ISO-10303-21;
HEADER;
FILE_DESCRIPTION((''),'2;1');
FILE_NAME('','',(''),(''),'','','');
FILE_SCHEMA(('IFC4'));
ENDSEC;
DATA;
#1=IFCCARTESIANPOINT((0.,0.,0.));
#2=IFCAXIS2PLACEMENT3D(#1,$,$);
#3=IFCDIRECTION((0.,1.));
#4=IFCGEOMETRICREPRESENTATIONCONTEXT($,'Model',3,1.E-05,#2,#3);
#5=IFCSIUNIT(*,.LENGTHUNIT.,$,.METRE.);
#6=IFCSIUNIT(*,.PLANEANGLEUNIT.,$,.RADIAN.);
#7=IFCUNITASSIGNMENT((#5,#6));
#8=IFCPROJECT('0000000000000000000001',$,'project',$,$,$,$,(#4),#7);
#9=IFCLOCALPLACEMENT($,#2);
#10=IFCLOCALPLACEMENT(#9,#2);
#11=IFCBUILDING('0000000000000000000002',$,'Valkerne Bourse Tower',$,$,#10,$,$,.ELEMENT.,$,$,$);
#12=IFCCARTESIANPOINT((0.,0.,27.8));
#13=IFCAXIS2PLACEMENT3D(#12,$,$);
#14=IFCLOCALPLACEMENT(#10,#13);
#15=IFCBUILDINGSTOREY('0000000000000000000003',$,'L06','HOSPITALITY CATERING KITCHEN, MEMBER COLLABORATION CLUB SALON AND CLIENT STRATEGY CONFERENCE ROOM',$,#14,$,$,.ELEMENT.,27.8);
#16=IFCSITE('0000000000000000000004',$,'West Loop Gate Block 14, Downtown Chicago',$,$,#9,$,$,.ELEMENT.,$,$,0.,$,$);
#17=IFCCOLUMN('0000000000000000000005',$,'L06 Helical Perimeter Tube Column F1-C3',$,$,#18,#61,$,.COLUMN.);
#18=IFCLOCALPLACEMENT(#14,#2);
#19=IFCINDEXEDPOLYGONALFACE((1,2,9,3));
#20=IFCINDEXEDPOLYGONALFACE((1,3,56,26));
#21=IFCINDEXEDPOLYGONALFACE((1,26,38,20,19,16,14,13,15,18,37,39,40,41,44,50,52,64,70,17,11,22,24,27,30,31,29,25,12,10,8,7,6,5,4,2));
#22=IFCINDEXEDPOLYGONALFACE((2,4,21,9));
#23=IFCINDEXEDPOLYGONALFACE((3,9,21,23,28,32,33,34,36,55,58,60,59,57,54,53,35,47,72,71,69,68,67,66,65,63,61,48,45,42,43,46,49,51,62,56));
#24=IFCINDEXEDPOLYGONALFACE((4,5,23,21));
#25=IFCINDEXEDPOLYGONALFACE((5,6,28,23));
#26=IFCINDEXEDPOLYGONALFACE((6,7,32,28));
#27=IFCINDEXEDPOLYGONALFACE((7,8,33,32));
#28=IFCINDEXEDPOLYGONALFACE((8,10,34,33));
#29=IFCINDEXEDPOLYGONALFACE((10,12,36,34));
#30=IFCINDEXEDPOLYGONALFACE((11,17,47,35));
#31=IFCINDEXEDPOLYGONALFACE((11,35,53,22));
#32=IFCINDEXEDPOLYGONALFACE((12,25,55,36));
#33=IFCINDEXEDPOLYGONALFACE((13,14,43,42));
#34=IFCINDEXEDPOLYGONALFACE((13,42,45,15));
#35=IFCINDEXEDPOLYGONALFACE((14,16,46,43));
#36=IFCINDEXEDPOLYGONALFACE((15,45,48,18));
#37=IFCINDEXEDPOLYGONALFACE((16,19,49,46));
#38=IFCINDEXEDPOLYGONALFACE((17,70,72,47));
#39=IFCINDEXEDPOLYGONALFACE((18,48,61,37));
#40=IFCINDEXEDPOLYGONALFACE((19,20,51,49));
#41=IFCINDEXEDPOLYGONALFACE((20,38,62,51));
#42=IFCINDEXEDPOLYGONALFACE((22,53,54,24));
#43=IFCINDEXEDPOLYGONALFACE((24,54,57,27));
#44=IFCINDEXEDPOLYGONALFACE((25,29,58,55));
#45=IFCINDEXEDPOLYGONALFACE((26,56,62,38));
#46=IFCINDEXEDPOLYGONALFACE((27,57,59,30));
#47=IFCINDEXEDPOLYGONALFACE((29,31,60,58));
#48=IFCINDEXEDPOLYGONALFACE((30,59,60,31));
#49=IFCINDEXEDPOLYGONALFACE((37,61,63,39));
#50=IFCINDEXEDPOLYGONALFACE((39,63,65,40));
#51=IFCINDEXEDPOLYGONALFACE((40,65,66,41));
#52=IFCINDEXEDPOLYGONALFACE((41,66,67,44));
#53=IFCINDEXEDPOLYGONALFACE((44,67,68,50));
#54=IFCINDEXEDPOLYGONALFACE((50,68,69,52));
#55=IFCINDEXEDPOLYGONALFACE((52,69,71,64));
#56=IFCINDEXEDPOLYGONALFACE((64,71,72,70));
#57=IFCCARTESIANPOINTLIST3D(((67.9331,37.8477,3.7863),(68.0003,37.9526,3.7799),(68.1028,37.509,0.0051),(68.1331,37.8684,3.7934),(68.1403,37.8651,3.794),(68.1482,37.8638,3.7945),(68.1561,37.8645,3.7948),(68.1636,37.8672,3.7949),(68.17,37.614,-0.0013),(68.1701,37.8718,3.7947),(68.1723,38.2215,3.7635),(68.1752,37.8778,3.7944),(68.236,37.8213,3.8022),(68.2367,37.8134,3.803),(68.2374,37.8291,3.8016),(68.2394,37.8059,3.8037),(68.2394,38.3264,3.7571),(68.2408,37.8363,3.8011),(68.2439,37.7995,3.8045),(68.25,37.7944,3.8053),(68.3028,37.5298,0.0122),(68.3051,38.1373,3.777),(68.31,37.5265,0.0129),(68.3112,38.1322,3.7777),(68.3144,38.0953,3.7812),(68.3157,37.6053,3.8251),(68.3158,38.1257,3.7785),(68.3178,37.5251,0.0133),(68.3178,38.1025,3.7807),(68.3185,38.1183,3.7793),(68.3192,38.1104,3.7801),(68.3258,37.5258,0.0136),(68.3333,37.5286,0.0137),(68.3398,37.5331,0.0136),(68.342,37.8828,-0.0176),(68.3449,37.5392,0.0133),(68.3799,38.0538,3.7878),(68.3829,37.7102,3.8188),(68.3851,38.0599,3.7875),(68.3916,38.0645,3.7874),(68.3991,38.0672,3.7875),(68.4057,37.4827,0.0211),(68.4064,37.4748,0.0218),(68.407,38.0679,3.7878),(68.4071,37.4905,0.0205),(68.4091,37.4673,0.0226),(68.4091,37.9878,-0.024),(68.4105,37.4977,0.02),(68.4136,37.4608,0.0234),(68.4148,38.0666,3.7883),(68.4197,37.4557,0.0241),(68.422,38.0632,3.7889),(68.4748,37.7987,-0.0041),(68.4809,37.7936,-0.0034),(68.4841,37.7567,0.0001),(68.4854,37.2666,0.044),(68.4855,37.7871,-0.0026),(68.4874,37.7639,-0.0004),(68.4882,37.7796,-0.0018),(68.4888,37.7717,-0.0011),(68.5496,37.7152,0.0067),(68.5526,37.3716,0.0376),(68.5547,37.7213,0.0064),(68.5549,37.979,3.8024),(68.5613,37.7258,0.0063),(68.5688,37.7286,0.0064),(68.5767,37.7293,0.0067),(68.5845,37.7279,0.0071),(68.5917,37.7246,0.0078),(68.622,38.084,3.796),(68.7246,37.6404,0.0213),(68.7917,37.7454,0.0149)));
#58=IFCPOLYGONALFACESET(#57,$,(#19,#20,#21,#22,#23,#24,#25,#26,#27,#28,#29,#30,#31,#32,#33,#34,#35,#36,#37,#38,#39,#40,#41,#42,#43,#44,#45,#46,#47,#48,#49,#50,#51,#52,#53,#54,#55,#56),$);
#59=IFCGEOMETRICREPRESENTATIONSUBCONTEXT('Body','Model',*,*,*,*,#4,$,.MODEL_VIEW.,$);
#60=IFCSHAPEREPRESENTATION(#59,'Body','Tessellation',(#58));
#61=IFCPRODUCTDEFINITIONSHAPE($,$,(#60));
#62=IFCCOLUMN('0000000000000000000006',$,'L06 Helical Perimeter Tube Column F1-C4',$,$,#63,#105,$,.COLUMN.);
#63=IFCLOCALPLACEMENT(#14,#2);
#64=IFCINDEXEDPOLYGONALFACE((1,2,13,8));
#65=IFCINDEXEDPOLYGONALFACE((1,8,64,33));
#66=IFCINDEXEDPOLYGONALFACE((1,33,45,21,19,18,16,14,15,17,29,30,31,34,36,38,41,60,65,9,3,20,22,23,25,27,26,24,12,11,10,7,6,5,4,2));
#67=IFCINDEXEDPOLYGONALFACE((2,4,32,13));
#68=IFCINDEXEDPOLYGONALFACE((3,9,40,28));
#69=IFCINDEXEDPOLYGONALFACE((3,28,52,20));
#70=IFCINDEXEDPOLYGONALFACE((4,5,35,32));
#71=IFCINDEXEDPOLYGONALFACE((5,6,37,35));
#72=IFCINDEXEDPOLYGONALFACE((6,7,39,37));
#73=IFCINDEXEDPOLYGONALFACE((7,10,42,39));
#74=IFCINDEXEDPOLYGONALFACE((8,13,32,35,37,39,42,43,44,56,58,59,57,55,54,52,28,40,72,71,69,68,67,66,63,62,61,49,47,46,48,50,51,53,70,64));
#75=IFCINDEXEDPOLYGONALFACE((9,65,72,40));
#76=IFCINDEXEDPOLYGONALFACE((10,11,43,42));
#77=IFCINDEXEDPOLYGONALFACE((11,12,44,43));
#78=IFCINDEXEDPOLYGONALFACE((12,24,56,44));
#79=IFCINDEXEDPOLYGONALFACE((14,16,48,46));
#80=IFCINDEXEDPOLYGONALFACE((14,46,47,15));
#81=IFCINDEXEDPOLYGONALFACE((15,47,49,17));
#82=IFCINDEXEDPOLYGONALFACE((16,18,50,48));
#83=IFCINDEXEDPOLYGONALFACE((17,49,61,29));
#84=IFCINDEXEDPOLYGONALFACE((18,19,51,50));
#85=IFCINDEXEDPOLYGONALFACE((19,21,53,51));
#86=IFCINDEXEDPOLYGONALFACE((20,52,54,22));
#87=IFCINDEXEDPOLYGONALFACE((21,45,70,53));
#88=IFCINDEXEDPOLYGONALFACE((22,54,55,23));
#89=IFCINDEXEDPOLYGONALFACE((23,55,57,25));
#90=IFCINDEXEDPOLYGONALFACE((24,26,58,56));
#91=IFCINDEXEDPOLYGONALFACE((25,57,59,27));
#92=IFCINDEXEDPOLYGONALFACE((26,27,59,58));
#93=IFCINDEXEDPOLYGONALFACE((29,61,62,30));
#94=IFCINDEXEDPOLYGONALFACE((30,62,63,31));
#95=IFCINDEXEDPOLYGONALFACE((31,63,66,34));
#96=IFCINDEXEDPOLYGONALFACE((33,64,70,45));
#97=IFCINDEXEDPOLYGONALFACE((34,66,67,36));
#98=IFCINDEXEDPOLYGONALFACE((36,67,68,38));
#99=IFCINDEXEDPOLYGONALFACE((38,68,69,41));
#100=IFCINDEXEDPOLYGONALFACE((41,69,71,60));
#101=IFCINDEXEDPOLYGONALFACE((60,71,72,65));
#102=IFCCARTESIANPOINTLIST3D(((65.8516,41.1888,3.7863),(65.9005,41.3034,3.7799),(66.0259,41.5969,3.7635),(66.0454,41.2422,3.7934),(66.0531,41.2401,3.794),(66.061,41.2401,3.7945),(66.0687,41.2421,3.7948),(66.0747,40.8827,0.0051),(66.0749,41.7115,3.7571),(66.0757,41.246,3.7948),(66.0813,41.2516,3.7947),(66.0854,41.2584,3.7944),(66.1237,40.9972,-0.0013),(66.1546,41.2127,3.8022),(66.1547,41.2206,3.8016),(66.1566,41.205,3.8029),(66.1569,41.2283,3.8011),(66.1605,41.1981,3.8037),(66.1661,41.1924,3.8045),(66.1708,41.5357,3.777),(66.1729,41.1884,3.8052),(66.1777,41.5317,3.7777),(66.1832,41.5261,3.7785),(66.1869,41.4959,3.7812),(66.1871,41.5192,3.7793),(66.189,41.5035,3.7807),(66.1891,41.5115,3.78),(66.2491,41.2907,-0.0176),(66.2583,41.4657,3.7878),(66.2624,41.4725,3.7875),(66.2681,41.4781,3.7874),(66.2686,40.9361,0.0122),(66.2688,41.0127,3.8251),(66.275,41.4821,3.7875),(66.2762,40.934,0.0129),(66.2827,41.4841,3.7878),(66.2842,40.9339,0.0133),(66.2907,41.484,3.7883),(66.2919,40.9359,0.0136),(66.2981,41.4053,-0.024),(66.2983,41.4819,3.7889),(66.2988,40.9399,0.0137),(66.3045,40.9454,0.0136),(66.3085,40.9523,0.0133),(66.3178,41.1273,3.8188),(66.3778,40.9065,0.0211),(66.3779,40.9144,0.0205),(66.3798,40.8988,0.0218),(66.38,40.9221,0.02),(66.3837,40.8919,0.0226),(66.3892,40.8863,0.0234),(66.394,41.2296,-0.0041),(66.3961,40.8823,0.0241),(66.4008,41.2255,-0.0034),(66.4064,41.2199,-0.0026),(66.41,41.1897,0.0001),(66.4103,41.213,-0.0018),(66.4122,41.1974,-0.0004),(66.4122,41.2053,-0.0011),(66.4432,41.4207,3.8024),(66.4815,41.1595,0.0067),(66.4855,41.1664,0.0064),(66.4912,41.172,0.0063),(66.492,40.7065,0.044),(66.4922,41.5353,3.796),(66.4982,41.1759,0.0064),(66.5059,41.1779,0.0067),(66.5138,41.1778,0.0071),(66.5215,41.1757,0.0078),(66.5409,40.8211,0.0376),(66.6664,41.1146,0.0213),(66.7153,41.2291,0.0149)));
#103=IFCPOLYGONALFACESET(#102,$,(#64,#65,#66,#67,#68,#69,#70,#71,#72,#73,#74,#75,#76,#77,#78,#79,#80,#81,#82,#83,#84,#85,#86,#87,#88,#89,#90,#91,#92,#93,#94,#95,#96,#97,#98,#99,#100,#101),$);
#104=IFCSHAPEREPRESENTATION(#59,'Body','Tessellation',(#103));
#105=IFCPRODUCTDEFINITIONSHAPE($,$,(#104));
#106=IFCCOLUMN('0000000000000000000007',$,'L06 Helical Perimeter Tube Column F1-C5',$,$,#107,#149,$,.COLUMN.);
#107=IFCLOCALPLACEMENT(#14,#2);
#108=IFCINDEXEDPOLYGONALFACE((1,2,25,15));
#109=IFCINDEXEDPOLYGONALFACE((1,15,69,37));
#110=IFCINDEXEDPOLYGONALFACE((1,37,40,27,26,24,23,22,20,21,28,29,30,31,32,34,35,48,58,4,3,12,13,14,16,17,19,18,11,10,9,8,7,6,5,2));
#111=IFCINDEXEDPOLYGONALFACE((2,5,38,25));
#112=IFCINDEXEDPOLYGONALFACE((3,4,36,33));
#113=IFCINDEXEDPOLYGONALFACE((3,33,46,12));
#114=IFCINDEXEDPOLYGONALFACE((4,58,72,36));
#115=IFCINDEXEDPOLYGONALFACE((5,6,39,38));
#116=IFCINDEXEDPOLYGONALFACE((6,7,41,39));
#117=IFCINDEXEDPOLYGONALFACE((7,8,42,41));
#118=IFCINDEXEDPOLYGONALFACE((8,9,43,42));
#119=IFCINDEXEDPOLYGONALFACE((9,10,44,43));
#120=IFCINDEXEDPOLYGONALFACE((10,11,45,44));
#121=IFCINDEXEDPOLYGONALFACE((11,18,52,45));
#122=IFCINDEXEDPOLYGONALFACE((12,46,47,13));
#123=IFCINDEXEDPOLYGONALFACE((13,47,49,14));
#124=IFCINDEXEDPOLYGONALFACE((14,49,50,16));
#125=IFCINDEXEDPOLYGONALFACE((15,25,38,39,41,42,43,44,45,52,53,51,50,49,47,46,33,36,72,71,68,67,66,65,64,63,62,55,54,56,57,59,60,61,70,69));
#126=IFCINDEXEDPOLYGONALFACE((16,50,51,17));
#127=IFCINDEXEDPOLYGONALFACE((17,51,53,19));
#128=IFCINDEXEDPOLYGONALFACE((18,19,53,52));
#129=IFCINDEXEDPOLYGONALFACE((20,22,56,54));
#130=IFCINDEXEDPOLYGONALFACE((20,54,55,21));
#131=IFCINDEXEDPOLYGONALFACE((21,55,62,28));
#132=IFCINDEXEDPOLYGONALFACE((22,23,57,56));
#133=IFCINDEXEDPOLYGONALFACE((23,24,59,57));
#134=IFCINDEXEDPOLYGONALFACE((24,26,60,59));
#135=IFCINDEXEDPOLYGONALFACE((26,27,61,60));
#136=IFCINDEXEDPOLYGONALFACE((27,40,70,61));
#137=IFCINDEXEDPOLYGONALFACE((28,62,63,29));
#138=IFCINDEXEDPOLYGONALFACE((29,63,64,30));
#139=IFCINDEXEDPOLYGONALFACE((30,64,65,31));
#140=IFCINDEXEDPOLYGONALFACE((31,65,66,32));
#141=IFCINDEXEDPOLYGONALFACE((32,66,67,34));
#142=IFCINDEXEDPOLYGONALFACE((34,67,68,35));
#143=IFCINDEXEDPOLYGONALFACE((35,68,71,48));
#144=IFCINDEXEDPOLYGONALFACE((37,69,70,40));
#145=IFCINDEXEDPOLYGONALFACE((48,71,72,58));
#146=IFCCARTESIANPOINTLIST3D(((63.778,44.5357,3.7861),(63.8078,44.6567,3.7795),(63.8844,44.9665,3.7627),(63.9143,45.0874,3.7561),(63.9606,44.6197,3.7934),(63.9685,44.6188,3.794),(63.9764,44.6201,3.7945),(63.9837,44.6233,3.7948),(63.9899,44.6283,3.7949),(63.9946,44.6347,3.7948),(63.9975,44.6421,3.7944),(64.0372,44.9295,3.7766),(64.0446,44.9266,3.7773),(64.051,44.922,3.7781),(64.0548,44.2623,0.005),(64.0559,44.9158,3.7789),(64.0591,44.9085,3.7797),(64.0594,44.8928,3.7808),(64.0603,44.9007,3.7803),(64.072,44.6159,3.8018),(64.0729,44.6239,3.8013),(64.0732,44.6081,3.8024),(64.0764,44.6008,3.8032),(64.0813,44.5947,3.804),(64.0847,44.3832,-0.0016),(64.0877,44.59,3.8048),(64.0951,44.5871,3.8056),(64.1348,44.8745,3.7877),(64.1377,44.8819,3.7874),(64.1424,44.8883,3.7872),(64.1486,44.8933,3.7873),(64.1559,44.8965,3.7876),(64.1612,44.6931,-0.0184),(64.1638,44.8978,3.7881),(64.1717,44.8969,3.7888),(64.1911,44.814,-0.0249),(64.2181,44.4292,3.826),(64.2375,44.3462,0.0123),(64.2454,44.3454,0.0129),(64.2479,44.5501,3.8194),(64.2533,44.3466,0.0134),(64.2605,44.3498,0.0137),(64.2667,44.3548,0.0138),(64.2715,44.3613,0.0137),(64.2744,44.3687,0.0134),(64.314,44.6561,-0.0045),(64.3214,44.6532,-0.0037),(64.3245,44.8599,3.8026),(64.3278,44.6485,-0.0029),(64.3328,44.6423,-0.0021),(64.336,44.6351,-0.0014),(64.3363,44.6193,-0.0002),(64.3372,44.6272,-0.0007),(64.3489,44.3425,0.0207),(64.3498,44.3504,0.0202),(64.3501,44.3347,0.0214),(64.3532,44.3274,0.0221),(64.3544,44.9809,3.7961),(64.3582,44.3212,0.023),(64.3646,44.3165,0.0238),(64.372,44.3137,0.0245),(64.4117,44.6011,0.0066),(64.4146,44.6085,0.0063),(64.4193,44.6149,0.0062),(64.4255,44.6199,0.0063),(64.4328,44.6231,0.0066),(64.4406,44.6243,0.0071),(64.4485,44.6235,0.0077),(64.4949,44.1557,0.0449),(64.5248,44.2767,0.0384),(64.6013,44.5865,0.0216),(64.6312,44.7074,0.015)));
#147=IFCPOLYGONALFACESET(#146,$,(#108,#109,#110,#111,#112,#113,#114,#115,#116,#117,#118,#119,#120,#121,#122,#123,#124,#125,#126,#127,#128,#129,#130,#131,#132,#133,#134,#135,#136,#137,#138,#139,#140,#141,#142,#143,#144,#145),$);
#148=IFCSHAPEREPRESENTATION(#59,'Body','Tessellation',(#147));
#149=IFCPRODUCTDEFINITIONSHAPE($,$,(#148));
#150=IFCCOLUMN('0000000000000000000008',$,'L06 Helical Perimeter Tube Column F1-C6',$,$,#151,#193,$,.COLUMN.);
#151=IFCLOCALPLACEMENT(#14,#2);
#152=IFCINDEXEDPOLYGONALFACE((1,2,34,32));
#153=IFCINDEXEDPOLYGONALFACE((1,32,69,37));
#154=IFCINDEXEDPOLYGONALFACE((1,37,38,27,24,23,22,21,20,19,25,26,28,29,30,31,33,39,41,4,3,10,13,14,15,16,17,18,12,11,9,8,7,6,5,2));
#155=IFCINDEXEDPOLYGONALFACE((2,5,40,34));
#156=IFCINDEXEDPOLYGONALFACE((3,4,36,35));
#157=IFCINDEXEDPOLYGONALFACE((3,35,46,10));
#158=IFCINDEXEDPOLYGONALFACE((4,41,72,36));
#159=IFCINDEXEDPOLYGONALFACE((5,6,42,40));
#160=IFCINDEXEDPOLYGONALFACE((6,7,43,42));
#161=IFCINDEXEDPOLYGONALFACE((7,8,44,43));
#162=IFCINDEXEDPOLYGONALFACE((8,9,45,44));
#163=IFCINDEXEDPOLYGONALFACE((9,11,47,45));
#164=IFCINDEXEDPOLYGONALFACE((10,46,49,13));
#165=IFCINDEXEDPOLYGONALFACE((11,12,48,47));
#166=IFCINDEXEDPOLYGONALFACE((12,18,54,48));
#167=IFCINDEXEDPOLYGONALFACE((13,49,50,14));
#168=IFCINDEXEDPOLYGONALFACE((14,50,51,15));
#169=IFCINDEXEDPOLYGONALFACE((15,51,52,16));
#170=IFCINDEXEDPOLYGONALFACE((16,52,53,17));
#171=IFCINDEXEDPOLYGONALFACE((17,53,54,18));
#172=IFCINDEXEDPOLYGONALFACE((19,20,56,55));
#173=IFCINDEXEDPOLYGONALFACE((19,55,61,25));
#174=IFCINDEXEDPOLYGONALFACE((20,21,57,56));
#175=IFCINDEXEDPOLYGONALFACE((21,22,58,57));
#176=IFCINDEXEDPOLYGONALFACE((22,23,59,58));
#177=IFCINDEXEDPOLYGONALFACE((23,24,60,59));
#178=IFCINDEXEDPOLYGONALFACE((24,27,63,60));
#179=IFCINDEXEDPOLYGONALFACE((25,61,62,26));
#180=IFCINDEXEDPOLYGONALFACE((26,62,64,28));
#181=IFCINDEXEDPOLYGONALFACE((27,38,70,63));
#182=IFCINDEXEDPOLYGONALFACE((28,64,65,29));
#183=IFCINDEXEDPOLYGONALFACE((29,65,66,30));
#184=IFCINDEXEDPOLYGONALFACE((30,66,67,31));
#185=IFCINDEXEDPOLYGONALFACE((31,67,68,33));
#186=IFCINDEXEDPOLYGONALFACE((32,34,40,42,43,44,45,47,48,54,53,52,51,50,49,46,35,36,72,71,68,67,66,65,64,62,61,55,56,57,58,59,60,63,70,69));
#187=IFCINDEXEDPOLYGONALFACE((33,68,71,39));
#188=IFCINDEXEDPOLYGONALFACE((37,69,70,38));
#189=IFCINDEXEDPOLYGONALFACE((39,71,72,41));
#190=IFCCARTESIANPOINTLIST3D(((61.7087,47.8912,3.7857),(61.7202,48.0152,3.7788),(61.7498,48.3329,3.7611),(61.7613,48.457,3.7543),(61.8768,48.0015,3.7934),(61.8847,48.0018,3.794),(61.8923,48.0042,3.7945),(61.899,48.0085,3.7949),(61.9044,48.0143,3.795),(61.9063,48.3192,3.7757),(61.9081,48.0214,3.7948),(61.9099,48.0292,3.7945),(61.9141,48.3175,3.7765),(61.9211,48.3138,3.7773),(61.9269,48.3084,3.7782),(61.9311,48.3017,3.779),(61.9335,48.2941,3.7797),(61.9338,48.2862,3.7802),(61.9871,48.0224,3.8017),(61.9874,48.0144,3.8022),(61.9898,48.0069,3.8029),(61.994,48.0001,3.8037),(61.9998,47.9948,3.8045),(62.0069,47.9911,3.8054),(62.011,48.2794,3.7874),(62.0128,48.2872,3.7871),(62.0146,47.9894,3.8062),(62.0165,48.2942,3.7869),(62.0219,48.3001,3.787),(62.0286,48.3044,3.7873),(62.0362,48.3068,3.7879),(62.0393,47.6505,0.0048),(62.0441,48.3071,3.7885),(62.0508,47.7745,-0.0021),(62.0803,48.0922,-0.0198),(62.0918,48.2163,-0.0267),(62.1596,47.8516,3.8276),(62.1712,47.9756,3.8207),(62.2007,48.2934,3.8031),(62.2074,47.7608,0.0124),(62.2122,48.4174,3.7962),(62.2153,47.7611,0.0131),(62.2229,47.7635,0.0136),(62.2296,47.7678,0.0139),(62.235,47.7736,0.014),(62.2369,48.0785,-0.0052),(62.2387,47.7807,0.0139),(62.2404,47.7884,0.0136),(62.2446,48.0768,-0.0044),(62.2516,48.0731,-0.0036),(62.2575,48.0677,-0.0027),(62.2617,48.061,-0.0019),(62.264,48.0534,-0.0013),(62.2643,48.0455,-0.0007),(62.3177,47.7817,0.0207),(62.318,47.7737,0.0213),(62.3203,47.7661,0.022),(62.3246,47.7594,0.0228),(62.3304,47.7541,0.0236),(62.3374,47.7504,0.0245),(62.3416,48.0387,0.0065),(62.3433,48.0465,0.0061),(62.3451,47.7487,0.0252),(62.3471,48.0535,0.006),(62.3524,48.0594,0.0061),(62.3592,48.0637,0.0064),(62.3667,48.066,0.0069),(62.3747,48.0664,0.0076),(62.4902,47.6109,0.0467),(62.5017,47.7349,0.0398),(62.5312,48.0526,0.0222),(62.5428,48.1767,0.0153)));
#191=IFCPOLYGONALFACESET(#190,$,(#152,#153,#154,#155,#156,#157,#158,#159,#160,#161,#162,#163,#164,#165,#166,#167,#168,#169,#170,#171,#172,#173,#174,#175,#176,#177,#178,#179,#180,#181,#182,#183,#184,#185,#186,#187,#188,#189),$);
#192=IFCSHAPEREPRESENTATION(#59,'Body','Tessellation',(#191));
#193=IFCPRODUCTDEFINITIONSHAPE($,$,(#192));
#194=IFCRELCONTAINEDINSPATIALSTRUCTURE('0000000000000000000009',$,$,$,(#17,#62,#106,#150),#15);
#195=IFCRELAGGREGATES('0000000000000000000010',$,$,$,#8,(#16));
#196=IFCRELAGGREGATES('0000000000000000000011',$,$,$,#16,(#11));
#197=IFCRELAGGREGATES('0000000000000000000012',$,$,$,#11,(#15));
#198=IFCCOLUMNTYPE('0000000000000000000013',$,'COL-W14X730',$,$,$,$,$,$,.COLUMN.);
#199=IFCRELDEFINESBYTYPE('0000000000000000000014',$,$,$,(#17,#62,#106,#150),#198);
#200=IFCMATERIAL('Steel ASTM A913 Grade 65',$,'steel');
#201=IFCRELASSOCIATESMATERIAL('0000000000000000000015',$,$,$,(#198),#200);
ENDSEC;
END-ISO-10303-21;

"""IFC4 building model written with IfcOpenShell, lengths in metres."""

from ifc_helpers import new_model, si_unit, direction, frame, origin, origin_2d, place, context, subcontext, project, spatial, i_section, extrude, material, material_profile, profile_set, type_object, element, save


model = new_model("IFC4")

# Units and contexts
model_context = context("Model", 3, precision=1e-05, world=origin(), true_north=direction((0.0, 1.0)))
body_context = subcontext(model_context, "Body", "Model", "MODEL_VIEW")
ifc_project = project(units=[si_unit("LENGTHUNIT", "METRE"), si_unit("PLANEANGLEUNIT", "RADIAN")], contexts=[model_context])

# Site, building, storey
site_placement = place(None, origin())
site = spatial("IfcSite", under=ifc_project, at=site_placement, Name="West Loop Gate Block 14, Downtown Chicago", CompositionType="ELEMENT", RefElevation=0.0)
building_placement = place(site_placement, origin())
building = spatial("IfcBuilding", under=site, at=building_placement, Name="Valkerne Bourse Tower", CompositionType="ELEMENT")
storey_placement = place(building_placement, frame((0.0, 0.0, 27.8)))
storey = spatial("IfcBuildingStorey", under=building, at=storey_placement, Name="L06", Description="HOSPITALITY CATERING KITCHEN, MEMBER COLLABORATION CLUB SALON AND CLIENT STRATEGY CONFERENCE ROOM", CompositionType="ELEMENT", Elevation=27.8)

# Columns
ifc_material_1 = material(Name="Steel ASTM A913 Grade 65", Category="steel")
ifc_material_profile_1 = material_profile(ifc_material_1, i_section(OverallWidth=0.4546, OverallDepth=0.5691, WebThickness=0.0779, FlangeThickness=0.1248, FilletRadius=0.0305, at=origin_2d()), Name="W14X730")
ifc_profile_set_1 = profile_set([ifc_material_profile_1], Name="Steel ASTM A913 Grade 65")
column_type = type_object("IfcColumnType", Name="COL-W14X730", PredefinedType="COLUMN", material=ifc_profile_set_1)
for number, where, z_axis, x_axis, name in (
    (1, (68.4473, 37.6272, 0.01), (-0.044653, 0.089113, 0.99502), (0.841614, -0.533264, 0.085527), "L06 Helical Perimeter Tube Column F1-C3"),
    (2, (66.395, 41.0559, 0.01), (-0.058723, 0.080568, 0.995018), (0.917899, -0.387484, 0.085547), "L06 Helical Perimeter Tube Column F1-C4"),
):
    element("IfcColumn", number, at=place(storey_placement, frame(where, z_axis=z_axis, x_axis=x_axis)), inside=storey, type_object=column_type, Name=name, PredefinedType="COLUMN", context=body_context, shape_type="SweptSolid", body=[
        extrude(i_section(OverallWidth=0.4546, OverallDepth=0.5691, WebThickness=0.0779, FlangeThickness=0.1248, FilletRadius=0.0305, at=origin_2d()), origin(), (0.0, 0.0, 1.0), 3.8),
    ])
column_1_placement = place(storey_placement, frame((64.343, 44.4849, 0.01), z_axis=(-0.072838, 0.071939, 0.994746), x_axis=(0.968159, -0.234418, 0.087844)))
element("IfcColumn", 3, at=column_1_placement, inside=storey, type_object=column_type, Name="L06 Helical Perimeter Tube Column F1-C5", PredefinedType="COLUMN", context=body_context, shape_type="SweptSolid", body=[
    extrude(i_section(OverallWidth=0.4546, OverallDepth=0.5691, WebThickness=0.0779, FlangeThickness=0.1248, FilletRadius=0.0305, at=origin_2d()), origin(), (0.0, 0.0, 1.0), 3.801),
])
for number, where, z_axis, x_axis, name in (
    (4, (62.291, 47.9136, 0.01), (-0.086921, 0.063297, 0.994202), (0.991922, -0.087054, 0.092264), "L06 Helical Perimeter Tube Column F1-C6"),
):
    element("IfcColumn", number, at=place(storey_placement, frame(where, z_axis=z_axis, x_axis=x_axis)), inside=storey, type_object=column_type, Name=name, PredefinedType="COLUMN", context=body_context, shape_type="SweptSolid", body=[
        extrude(i_section(OverallWidth=0.4546, OverallDepth=0.5691, WebThickness=0.0779, FlangeThickness=0.1248, FilletRadius=0.0305, at=origin_2d()), origin(), (0.0, 0.0, 1.0), 3.803),
    ])

save(model, "model.ifc")
